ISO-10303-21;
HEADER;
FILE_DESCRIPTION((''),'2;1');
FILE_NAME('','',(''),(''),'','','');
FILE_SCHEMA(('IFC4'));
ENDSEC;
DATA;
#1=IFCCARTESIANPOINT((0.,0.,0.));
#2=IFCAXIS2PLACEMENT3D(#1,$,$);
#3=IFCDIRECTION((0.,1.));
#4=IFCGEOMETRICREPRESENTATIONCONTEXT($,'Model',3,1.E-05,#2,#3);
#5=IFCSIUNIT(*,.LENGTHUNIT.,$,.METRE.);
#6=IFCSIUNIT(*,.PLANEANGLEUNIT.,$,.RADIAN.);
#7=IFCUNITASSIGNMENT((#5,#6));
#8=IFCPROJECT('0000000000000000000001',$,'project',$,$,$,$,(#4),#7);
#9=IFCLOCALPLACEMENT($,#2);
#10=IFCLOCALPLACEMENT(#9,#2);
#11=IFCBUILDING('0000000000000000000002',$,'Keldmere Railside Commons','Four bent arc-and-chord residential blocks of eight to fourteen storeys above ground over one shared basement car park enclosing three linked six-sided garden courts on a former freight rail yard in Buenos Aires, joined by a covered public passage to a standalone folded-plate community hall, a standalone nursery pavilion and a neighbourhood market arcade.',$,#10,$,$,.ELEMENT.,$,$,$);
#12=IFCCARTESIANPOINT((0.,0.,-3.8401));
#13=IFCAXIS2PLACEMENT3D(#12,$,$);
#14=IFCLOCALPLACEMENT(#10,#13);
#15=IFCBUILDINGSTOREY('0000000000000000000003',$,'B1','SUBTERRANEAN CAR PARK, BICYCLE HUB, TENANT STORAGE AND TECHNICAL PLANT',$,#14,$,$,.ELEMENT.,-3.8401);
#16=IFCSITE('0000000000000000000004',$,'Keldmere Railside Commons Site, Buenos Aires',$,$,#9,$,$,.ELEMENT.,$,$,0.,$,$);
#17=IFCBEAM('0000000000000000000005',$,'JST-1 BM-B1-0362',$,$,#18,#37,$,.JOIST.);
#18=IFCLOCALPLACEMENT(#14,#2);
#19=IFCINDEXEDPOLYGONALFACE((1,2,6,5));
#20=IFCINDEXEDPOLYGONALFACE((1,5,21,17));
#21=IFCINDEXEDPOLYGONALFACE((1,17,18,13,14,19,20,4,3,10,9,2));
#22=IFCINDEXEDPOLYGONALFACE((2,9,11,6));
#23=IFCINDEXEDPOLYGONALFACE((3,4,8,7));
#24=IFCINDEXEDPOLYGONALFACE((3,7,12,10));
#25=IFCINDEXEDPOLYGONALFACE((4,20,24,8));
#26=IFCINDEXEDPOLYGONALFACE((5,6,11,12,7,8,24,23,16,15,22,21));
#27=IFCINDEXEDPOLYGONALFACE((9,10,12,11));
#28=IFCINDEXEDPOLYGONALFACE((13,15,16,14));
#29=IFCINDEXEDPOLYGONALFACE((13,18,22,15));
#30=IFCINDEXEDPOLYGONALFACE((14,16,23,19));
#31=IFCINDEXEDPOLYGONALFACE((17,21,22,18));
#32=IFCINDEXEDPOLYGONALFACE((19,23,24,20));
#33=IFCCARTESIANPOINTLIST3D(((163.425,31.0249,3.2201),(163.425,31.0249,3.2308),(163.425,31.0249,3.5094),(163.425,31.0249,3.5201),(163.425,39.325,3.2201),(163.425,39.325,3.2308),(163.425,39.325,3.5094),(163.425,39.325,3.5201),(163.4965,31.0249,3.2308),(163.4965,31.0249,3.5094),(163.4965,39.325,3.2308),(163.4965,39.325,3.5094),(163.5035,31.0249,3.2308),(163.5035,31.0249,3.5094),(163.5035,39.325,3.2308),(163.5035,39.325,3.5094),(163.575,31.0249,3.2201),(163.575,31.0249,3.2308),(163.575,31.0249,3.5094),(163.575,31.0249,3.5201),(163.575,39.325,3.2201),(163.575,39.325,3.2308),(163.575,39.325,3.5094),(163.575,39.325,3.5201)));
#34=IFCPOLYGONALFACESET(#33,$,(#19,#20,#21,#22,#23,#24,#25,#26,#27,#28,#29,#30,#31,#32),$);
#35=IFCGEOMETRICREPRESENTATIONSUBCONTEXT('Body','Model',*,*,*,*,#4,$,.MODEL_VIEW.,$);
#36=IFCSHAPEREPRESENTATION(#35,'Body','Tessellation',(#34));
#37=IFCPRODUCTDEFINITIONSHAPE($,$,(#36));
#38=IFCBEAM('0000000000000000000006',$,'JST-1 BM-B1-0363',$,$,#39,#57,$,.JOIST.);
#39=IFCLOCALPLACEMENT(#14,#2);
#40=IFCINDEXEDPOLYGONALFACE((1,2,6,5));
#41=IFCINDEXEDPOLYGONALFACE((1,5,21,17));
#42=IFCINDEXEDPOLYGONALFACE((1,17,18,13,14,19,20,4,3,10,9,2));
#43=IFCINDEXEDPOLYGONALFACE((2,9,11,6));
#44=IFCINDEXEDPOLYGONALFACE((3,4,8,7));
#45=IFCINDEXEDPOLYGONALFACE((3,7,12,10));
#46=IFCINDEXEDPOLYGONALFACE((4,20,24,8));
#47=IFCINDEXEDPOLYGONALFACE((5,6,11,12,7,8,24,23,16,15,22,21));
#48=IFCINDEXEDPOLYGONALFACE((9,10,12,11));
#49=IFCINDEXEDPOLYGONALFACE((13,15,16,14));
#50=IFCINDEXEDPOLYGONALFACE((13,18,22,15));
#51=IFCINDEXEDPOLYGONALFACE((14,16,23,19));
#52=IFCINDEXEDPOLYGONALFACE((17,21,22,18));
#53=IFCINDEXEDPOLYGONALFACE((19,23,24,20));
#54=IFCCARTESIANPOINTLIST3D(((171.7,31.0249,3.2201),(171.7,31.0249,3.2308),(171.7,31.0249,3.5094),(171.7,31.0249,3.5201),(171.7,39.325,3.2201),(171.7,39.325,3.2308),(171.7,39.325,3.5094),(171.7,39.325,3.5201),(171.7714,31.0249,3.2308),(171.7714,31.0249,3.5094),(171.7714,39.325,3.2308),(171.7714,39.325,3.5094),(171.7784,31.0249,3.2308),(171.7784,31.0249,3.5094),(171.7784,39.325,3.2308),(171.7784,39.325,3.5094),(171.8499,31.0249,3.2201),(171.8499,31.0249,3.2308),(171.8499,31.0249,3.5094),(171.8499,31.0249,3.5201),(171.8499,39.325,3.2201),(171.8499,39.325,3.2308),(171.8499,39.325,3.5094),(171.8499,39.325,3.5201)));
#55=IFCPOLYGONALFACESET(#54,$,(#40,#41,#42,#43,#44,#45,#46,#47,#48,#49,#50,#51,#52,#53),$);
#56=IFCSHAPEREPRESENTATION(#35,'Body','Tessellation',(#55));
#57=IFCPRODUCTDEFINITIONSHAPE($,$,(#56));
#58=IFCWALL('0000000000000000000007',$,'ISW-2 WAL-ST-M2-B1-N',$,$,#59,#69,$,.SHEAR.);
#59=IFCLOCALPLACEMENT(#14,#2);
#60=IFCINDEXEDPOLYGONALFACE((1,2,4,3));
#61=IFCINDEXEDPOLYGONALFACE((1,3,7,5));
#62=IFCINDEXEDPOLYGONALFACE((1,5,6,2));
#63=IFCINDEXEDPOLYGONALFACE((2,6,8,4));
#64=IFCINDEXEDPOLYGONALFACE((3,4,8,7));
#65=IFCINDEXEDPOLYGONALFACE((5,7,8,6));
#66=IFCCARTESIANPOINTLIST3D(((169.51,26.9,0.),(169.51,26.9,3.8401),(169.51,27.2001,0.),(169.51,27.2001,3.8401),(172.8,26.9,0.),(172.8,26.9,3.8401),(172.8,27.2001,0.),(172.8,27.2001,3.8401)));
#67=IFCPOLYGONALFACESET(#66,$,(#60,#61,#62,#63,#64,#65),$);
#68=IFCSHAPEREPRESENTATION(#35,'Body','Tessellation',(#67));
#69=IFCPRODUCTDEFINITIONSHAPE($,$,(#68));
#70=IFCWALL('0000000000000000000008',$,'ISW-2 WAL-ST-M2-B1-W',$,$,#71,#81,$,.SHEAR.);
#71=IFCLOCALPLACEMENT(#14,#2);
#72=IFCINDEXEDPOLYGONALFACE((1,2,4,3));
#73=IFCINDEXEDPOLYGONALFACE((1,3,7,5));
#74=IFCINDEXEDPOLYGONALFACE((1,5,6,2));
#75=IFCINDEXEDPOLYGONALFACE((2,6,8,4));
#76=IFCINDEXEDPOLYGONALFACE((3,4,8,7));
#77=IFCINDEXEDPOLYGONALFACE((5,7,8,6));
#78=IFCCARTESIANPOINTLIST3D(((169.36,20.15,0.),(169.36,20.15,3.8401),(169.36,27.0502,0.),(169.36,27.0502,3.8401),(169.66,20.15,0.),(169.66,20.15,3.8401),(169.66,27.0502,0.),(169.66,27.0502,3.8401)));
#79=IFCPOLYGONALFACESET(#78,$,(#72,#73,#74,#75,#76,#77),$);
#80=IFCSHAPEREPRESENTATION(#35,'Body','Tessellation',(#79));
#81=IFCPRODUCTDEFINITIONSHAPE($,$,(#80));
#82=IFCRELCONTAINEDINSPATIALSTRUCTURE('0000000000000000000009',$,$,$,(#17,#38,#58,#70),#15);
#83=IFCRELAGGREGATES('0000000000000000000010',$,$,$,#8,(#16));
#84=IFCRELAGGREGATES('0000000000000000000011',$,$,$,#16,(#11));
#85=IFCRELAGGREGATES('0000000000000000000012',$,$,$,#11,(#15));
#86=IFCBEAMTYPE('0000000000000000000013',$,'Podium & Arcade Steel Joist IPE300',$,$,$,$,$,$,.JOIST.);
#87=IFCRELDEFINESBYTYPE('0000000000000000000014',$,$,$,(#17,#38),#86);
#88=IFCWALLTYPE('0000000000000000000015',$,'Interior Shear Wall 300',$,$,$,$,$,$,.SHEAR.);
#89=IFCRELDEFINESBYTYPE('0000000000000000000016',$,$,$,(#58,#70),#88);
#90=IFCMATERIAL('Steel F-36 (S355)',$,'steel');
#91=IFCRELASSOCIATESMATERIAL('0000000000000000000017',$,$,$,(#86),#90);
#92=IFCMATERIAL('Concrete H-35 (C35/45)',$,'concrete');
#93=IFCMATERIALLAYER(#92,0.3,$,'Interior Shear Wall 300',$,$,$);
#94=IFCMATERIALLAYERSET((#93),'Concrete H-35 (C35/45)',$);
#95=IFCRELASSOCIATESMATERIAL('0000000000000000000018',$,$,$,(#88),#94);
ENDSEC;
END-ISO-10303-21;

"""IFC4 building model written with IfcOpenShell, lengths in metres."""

from ifc_helpers import new_model, si_unit, direction, frame, frame_2d, origin, origin_2d, place, context, subcontext, project, spatial, rectangle, i_section, extrude, material, layer, layer_set, material_profile, profile_set, type_object, element, save


model = new_model("IFC4")

# Units and contexts
model_context = context("Model", 3, precision=1e-05, world=origin(), true_north=direction((0.0, 1.0)))
body_context = subcontext(model_context, "Body", "Model", "MODEL_VIEW")
ifc_project = project(units=[si_unit("LENGTHUNIT", "METRE"), si_unit("PLANEANGLEUNIT", "RADIAN")], contexts=[model_context])

# Site, building, storey
site_placement = place(None, origin())
site = spatial("IfcSite", under=ifc_project, at=site_placement, Name="Keldmere Railside Commons Site, Buenos Aires", CompositionType="ELEMENT", RefElevation=0.0)
building_placement = place(site_placement, origin())
building = spatial("IfcBuilding", under=site, at=building_placement, Name="Keldmere Railside Commons", Description="Four bent arc-and-chord residential blocks of eight to fourteen storeys above ground over one shared basement car park enclosing three linked six-sided garden courts on a former freight rail yard in Buenos Aires, joined by a covered public passage to a standalone folded-plate community hall, a standalone nursery pavilion and a neighbourhood market arcade.", CompositionType="ELEMENT")
storey_placement = place(building_placement, frame((0.0, 0.0, -3.8401)))
storey = spatial("IfcBuildingStorey", under=building, at=storey_placement, Name="B1", Description="SUBTERRANEAN CAR PARK, BICYCLE HUB, TENANT STORAGE AND TECHNICAL PLANT", CompositionType="ELEMENT", Elevation=-3.8401)

# Beams
ifc_material_1 = material(Name="Concrete H-35 (C35/45)", Category="concrete")
ifc_material_2 = material(Name="Steel F-36 (S355)", Category="steel")
ifc_material_profile_1 = material_profile(ifc_material_2, i_section(OverallWidth=0.1499, OverallDepth=0.3, WebThickness=0.0071, FlangeThickness=0.0107, at=origin_2d()), Name="IPE-300")
ifc_profile_set_1 = profile_set([ifc_material_profile_1], Name="Steel F-36 (S355)")
beam_type_1 = type_object("IfcBeamType", Name="Podium & Arcade Steel Joist IPE300", PredefinedType="JOIST", material=ifc_profile_set_1)
for number, where, z_axis, x_axis, name in (
    (1, (163.5, 31.0249, 3.3701), (0.0, 1.0, 0.0), (-1.0, 0.0, 0.0), "JST-1 BM-B1-0362"),
    (2, (171.7749, 31.0249, 3.3701), (0.0, 1.0, 0.0), (-1.0, 0.0, 0.0), "JST-1 BM-B1-0363"),
):
    element("IfcBeam", number, at=place(storey_placement, frame(where, z_axis=z_axis, x_axis=x_axis)), inside=storey, type_object=beam_type_1, Name=name, PredefinedType="JOIST", context=body_context, shape_type="SweptSolid", body=[
        extrude(i_section(OverallWidth=0.1499, OverallDepth=0.3, WebThickness=0.0071, FlangeThickness=0.0107, at=origin_2d()), origin(), (0.0, 0.0, 1.0), 8.3),
    ])

# Walls
ifc_layer = layer(ifc_material_1, 0.3, Name="Interior Shear Wall 300")
ifc_layer_set = layer_set([ifc_layer], Name="Concrete H-35 (C35/45)")
wall_type = type_object("IfcWallType", Name="Interior Shear Wall 300", PredefinedType="SHEAR", material=ifc_layer_set)
wall_1_placement = place(storey_placement, frame((169.51, 27.05, 0.0), z_axis=(0.0, 0.0, 1.0), x_axis=(1.0, 0.0, 0.0)))
element("IfcWall", 3, at=wall_1_placement, inside=storey, type_object=wall_type, Name="ISW-2 WAL-ST-M2-B1-N", PredefinedType="SHEAR", context=body_context, shape_type="SweptSolid", body=[
    extrude(rectangle(XDim=3.29, YDim=0.3, at=frame_2d((1.645, 0.0))), origin(), (0.0, 0.0, 1.0), 3.8401),
])
wall_2_placement = place(storey_placement, frame((169.51, 20.1499, 0.0), z_axis=(0.0, 0.0, 1.0), x_axis=(0.0, 1.0, 0.0)))
element("IfcWall", 4, at=wall_2_placement, inside=storey, type_object=wall_type, Name="ISW-2 WAL-ST-M2-B1-W", PredefinedType="SHEAR", context=body_context, shape_type="SweptSolid", body=[
    extrude(rectangle(XDim=6.9001, YDim=0.3, at=frame_2d((3.4502, 0.0))), origin(), (0.0, 0.0, 1.0), 3.8401),
])

save(model, "model.ifc")
